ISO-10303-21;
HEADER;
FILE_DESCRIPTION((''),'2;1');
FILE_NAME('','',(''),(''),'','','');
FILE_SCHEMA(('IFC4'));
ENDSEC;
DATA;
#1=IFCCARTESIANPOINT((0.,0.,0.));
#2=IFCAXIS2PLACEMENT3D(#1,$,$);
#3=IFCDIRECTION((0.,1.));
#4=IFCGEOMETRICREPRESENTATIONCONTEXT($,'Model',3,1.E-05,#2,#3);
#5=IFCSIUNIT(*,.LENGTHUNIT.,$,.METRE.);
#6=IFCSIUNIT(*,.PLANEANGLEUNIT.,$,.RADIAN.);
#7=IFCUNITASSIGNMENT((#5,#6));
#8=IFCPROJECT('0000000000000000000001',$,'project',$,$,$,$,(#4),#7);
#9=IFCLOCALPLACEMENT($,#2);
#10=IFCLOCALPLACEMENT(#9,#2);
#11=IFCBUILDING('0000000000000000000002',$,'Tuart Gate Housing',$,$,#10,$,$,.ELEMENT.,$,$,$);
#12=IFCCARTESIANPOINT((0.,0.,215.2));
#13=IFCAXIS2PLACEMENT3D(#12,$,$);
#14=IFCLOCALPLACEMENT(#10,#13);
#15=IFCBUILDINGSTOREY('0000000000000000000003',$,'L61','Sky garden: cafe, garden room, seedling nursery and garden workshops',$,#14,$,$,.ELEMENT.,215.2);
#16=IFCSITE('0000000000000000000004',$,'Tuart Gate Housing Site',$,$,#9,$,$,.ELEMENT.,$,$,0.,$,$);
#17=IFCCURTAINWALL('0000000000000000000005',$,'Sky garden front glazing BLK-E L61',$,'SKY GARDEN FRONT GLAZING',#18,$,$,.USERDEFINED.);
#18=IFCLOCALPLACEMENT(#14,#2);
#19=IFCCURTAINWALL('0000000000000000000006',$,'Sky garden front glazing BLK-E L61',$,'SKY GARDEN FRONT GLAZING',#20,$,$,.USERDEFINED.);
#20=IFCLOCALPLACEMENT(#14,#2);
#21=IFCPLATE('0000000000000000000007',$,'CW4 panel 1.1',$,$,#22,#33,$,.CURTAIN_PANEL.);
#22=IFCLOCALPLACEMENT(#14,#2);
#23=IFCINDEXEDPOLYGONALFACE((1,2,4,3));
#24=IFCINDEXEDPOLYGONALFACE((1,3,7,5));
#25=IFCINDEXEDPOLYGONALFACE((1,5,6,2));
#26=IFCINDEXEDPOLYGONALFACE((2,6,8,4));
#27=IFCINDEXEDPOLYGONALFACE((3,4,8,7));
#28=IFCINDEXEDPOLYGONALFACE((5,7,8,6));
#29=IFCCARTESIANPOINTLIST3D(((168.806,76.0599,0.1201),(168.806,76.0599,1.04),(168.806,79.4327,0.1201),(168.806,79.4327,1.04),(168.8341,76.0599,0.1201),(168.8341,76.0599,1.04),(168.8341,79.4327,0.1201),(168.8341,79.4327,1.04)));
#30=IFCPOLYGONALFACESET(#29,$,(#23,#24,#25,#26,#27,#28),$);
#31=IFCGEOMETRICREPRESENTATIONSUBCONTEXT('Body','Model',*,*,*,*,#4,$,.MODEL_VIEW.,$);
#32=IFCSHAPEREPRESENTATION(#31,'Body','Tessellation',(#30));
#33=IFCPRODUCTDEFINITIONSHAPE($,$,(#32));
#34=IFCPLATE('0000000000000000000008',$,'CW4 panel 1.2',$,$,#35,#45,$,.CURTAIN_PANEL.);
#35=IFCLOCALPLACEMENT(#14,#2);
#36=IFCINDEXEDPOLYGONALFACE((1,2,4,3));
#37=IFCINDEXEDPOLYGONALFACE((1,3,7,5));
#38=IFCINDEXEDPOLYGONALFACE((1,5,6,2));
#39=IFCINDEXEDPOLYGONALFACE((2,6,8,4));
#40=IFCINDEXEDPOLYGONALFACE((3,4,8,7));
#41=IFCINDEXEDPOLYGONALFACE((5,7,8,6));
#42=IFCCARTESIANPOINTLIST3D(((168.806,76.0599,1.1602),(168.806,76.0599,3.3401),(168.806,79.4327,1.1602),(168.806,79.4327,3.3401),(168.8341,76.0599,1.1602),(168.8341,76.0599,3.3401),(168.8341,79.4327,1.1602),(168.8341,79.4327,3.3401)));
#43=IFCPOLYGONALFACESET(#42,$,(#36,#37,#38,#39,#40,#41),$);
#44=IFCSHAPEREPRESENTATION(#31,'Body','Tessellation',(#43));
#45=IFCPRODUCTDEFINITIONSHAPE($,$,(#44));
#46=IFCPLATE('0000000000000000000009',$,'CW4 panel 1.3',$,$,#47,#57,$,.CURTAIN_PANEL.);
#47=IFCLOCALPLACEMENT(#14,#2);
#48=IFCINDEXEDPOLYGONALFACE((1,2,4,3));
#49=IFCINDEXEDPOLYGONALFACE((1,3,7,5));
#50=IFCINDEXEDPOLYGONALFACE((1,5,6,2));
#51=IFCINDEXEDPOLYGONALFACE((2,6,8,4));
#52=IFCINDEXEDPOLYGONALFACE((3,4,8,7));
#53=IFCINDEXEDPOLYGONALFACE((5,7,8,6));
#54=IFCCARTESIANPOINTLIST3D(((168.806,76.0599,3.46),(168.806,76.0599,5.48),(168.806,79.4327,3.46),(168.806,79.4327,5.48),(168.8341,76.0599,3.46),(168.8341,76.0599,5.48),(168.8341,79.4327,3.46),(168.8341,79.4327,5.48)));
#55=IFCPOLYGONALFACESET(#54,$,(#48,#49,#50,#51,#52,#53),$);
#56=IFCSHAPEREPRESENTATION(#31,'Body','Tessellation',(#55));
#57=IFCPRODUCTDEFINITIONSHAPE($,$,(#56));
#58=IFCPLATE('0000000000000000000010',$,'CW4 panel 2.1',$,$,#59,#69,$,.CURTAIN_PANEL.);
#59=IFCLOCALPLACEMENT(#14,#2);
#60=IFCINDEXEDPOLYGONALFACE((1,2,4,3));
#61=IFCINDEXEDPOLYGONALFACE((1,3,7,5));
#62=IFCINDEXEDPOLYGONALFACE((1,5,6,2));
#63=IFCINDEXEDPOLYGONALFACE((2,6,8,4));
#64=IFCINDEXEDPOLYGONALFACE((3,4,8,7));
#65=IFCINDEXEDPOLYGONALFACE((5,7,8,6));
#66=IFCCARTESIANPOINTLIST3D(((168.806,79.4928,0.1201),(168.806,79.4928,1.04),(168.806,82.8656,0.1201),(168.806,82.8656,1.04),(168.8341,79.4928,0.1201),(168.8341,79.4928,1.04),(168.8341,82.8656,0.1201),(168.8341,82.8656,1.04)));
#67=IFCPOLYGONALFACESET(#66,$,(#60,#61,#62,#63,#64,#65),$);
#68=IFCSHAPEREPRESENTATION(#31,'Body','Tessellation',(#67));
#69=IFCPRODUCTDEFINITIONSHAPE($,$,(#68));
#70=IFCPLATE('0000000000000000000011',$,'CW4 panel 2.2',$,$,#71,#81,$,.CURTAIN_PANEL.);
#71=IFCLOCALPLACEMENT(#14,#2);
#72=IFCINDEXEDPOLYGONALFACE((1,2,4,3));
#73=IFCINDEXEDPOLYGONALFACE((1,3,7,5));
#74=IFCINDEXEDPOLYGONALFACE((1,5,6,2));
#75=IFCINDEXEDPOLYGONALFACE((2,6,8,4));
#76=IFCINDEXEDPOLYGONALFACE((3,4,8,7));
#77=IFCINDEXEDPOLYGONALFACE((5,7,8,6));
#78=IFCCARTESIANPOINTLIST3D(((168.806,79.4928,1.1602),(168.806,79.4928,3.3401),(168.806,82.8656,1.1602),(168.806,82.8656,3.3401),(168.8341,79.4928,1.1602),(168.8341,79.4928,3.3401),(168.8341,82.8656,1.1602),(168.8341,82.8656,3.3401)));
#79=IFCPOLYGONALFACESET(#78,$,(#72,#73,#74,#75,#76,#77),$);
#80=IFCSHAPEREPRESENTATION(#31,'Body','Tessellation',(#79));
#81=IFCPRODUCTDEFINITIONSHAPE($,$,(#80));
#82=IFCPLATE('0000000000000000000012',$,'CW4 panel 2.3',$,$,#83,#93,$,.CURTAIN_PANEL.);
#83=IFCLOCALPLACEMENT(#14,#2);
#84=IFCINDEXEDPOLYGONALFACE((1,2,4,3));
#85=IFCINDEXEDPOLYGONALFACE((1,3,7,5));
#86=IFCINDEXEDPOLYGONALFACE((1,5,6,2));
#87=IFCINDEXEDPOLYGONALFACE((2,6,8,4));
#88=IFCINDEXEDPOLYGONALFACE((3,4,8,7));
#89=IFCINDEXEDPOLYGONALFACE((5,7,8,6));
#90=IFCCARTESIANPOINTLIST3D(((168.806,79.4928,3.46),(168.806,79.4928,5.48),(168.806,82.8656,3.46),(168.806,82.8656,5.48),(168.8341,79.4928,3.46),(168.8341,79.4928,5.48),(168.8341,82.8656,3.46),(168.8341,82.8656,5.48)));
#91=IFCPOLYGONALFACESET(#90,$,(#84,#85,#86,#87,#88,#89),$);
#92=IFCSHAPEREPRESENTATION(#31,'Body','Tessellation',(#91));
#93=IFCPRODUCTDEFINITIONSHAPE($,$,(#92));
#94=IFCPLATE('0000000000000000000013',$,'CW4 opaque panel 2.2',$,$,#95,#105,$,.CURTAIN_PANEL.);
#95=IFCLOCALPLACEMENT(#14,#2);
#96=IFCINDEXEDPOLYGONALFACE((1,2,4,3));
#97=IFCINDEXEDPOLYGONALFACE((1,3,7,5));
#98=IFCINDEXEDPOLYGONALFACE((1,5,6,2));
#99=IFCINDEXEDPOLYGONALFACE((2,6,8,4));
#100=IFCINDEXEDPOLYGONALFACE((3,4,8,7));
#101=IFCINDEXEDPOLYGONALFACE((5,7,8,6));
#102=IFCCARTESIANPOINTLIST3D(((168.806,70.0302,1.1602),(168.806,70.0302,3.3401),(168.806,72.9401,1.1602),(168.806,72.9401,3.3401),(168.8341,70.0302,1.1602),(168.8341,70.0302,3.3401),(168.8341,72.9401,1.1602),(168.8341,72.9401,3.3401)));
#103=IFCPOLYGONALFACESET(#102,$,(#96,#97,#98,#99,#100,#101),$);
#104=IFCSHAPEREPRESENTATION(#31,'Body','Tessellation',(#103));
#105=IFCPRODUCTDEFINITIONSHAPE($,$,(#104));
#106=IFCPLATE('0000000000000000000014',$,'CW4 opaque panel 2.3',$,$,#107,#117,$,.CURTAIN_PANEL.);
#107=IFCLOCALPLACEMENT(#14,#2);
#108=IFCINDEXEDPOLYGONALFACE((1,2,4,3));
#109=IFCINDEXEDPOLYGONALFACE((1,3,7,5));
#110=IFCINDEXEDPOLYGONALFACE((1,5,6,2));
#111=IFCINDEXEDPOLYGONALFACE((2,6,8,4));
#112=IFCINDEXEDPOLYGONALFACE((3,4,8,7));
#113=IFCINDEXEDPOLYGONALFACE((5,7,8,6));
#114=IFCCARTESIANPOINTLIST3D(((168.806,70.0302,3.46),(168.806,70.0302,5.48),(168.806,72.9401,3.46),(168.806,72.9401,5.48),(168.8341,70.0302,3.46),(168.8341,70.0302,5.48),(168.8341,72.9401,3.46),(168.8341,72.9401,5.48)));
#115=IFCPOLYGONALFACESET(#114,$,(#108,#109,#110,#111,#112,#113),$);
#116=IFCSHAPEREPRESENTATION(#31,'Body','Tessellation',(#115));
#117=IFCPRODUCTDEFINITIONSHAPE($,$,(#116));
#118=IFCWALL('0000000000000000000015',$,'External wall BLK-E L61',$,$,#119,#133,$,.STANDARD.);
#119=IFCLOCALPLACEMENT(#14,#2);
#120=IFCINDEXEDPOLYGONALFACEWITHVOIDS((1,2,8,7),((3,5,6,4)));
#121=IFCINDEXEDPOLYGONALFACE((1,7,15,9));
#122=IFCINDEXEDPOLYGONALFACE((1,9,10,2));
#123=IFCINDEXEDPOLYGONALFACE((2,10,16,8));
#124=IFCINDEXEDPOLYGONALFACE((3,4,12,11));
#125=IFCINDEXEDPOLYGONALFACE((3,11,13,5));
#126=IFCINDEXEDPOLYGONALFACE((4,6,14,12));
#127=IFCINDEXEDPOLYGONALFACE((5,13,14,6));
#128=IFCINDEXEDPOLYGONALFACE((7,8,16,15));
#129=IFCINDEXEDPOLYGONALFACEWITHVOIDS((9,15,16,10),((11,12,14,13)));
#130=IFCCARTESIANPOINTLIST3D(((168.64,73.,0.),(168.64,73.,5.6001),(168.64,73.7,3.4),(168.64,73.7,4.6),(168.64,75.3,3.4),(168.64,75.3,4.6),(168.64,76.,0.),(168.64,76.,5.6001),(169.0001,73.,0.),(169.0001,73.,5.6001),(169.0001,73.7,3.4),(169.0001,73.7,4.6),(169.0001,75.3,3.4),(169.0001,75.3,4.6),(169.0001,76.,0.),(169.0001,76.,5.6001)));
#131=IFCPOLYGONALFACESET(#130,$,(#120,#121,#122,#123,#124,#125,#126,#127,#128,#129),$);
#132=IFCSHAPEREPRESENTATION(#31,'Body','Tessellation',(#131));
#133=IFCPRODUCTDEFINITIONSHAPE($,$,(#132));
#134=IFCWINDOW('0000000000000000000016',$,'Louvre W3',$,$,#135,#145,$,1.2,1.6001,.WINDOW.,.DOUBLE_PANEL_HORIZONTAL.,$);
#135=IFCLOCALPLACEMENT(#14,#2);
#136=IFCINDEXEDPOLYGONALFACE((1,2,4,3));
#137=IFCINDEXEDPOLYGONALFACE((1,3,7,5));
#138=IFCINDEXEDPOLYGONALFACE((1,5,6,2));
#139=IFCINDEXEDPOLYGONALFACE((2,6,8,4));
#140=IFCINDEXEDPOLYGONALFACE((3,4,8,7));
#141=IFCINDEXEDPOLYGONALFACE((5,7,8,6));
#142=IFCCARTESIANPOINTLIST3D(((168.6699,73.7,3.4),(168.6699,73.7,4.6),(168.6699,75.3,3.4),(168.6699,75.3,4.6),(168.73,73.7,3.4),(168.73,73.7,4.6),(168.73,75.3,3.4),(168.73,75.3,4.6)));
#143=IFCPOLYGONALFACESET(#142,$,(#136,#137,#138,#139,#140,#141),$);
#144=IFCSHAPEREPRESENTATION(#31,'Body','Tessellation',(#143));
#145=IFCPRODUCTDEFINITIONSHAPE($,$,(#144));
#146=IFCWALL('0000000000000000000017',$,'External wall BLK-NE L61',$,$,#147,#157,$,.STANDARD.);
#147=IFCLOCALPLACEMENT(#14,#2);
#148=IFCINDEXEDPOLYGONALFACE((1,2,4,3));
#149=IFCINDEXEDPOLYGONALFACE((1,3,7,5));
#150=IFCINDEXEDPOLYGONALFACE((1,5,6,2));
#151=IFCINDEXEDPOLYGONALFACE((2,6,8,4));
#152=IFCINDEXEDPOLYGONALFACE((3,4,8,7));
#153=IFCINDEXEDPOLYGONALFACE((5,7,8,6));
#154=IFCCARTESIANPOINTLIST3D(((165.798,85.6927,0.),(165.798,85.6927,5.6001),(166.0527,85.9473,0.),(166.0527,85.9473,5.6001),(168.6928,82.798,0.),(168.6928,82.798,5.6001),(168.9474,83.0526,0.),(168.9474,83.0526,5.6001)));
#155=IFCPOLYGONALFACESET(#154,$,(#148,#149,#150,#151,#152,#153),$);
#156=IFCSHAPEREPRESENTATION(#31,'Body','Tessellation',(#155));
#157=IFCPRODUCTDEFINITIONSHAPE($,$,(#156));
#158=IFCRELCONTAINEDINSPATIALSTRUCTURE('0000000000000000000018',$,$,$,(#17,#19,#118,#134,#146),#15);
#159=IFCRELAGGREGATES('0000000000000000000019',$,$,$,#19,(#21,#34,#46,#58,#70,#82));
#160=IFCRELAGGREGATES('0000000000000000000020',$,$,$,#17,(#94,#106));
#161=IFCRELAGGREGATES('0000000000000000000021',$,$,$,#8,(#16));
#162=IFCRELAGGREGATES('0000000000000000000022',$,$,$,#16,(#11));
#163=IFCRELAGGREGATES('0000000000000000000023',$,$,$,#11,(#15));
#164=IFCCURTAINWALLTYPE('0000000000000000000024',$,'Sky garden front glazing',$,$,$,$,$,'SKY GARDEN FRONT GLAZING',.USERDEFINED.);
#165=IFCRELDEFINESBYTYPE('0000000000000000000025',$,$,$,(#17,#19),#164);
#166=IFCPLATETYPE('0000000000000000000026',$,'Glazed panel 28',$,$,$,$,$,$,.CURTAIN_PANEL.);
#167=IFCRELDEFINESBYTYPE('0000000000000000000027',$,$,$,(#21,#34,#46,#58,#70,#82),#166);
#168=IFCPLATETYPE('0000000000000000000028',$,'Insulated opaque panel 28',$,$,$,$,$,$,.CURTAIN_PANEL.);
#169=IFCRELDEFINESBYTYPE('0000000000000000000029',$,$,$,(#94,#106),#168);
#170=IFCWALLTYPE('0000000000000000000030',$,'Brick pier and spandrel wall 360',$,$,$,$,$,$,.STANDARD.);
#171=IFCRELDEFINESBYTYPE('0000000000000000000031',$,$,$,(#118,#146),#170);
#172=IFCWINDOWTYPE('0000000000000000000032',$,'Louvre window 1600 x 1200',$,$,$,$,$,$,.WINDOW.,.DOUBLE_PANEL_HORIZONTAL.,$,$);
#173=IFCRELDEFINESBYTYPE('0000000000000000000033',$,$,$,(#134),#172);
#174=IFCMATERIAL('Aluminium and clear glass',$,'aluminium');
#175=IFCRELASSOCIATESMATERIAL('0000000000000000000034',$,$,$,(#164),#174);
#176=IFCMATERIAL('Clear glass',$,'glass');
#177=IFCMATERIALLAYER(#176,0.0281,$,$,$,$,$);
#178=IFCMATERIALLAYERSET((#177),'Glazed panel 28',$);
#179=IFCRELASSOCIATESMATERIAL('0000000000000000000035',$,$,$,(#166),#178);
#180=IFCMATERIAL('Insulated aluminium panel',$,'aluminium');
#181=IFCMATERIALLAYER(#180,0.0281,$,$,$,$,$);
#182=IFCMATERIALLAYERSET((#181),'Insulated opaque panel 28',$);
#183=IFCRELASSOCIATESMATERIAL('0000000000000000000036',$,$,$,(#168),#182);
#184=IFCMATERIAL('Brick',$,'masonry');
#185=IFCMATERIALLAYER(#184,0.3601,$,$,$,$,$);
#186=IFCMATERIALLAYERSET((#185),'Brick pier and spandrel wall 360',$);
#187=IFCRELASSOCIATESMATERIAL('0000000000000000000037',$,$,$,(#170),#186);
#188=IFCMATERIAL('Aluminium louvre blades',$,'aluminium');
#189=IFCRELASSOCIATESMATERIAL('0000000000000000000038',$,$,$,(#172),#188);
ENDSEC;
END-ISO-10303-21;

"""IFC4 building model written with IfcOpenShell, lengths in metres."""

from ifc_helpers import new_model, si_unit, direction, frame, frame_2d, origin, origin_2d, place, context, subcontext, project, spatial, rectangle, extrude, material, layer, layer_set, type_object, element, fill, aggregate, save


model = new_model("IFC4")

# Units and contexts
model_context = context("Model", 3, precision=1e-05, world=origin(), true_north=direction((0.0, 1.0)))
body_context = subcontext(model_context, "Body", "Model", "MODEL_VIEW")
ifc_project = project(units=[si_unit("LENGTHUNIT", "METRE"), si_unit("PLANEANGLEUNIT", "RADIAN")], contexts=[model_context])

# Site, building, storey
site_placement = place(None, origin())
site = spatial("IfcSite", under=ifc_project, at=site_placement, Name="Tuart Gate Housing Site", CompositionType="ELEMENT", RefElevation=0.0)
building_placement = place(site_placement, origin())
building = spatial("IfcBuilding", under=site, at=building_placement, Name="Tuart Gate Housing", CompositionType="ELEMENT")
storey_placement = place(building_placement, frame((0.0, 0.0, 215.2)))
storey = spatial("IfcBuildingStorey", under=building, at=storey_placement, Name="L61", Description="Sky garden: cafe, garden room, seedling nursery and garden workshops", CompositionType="ELEMENT", Elevation=215.2)

# Curtain wall
ifc_material_1 = material(Name="Aluminium and clear glass", Category="aluminium")
curtain_wall_type = type_object("IfcCurtainWallType", Name="Sky garden front glazing", ElementType="SKY GARDEN FRONT GLAZING", PredefinedType="USERDEFINED", material=ifc_material_1)
curtain_wall_1_placement = place(storey_placement, origin())
curtain_wall_1 = element("IfcCurtainWall", 1, at=curtain_wall_1_placement, inside=storey, type_object=curtain_wall_type, Name="Sky garden front glazing BLK-E L61", ObjectType="SKY GARDEN FRONT GLAZING", PredefinedType="USERDEFINED")

# Curtain wall
curtain_wall_2_placement = place(storey_placement, origin())
curtain_wall_2 = element("IfcCurtainWall", 2, at=curtain_wall_2_placement, inside=storey, type_object=curtain_wall_type, Name="Sky garden front glazing BLK-E L61", ObjectType="SKY GARDEN FRONT GLAZING", PredefinedType="USERDEFINED")

# Plates
ifc_material_2 = material(Name="Clear glass", Category="glass")
ifc_layer_1 = layer(ifc_material_2, 0.0281)
ifc_layer_set_1 = layer_set([ifc_layer_1], Name="Glazed panel 28")
plate_type_1 = type_object("IfcPlateType", Name="Glazed panel 28", PredefinedType="CURTAIN_PANEL", material=ifc_layer_set_1)
plate_1_placement = place(storey_placement, frame((168.8201, 77.7463, 0.1201), z_axis=(0.0, 0.0, 1.0), x_axis=(0.0, 1.0, 0.0)))
plate_1 = element("IfcPlate", 3, at=plate_1_placement, type_object=plate_type_1, Name="CW4 panel 1.1", PredefinedType="CURTAIN_PANEL", context=body_context, shape_type="SweptSolid", body=[
    extrude(rectangle(XDim=3.3728, YDim=0.0281, at=origin_2d()), origin(), (0.0, 0.0, 1.0), 0.9199),
])
plate_2_placement = place(storey_placement, frame((168.8201, 77.7463, 1.1602), z_axis=(0.0, 0.0, 1.0), x_axis=(0.0, 1.0, 0.0)))
plate_2 = element("IfcPlate", 4, at=plate_2_placement, type_object=plate_type_1, Name="CW4 panel 1.2", PredefinedType="CURTAIN_PANEL", context=body_context, shape_type="SweptSolid", body=[
    extrude(rectangle(XDim=3.3728, YDim=0.0281, at=origin_2d()), origin(), (0.0, 0.0, 1.0), 2.1799),
])
plate_3_placement = place(storey_placement, frame((168.8201, 77.7463, 3.46), z_axis=(0.0, 0.0, 1.0), x_axis=(0.0, 1.0, 0.0)))
plate_3 = element("IfcPlate", 5, at=plate_3_placement, type_object=plate_type_1, Name="CW4 panel 1.3", PredefinedType="CURTAIN_PANEL", context=body_context, shape_type="SweptSolid", body=[
    extrude(rectangle(XDim=3.3728, YDim=0.0281, at=origin_2d()), origin(), (0.0, 0.0, 1.0), 2.02),
])
plate_4_placement = place(storey_placement, frame((168.8201, 81.1792, 0.1201), z_axis=(0.0, 0.0, 1.0), x_axis=(0.0, 1.0, 0.0)))
plate_4 = element("IfcPlate", 6, at=plate_4_placement, type_object=plate_type_1, Name="CW4 panel 2.1", PredefinedType="CURTAIN_PANEL", context=body_context, shape_type="SweptSolid", body=[
    extrude(rectangle(XDim=3.3728, YDim=0.0281, at=origin_2d()), origin(), (0.0, 0.0, 1.0), 0.9199),
])
plate_5_placement = place(storey_placement, frame((168.8201, 81.1792, 1.1602), z_axis=(0.0, 0.0, 1.0), x_axis=(0.0, 1.0, 0.0)))
plate_5 = element("IfcPlate", 7, at=plate_5_placement, type_object=plate_type_1, Name="CW4 panel 2.2", PredefinedType="CURTAIN_PANEL", context=body_context, shape_type="SweptSolid", body=[
    extrude(rectangle(XDim=3.3728, YDim=0.0281, at=origin_2d()), origin(), (0.0, 0.0, 1.0), 2.1799),
])
plate_6_placement = place(storey_placement, frame((168.8201, 81.1792, 3.46), z_axis=(0.0, 0.0, 1.0), x_axis=(0.0, 1.0, 0.0)))
plate_6 = element("IfcPlate", 8, at=plate_6_placement, type_object=plate_type_1, Name="CW4 panel 2.3", PredefinedType="CURTAIN_PANEL", context=body_context, shape_type="SweptSolid", body=[
    extrude(rectangle(XDim=3.3728, YDim=0.0281, at=origin_2d()), origin(), (0.0, 0.0, 1.0), 2.02),
])
aggregate(curtain_wall_2, [plate_1, plate_2, plate_3, plate_4, plate_5, plate_6])
ifc_material_3 = material(Name="Insulated aluminium panel", Category="aluminium")
ifc_layer_2 = layer(ifc_material_3, 0.0281)
ifc_layer_set_2 = layer_set([ifc_layer_2], Name="Insulated opaque panel 28")
plate_type_2 = type_object("IfcPlateType", Name="Insulated opaque panel 28", PredefinedType="CURTAIN_PANEL", material=ifc_layer_set_2)
plate_7_placement = place(storey_placement, frame((168.8201, 71.4851, 1.1602), z_axis=(0.0, 0.0, 1.0), x_axis=(0.0, 1.0, 0.0)))
plate_7 = element("IfcPlate", 9, at=plate_7_placement, type_object=plate_type_2, Name="CW4 opaque panel 2.2", PredefinedType="CURTAIN_PANEL", context=body_context, shape_type="SweptSolid", body=[
    extrude(rectangle(XDim=2.9099, YDim=0.0281, at=origin_2d()), origin(), (0.0, 0.0, 1.0), 2.1799),
])
plate_8_placement = place(storey_placement, frame((168.8201, 71.4851, 3.46), z_axis=(0.0, 0.0, 1.0), x_axis=(0.0, 1.0, 0.0)))
plate_8 = element("IfcPlate", 10, at=plate_8_placement, type_object=plate_type_2, Name="CW4 opaque panel 2.3", PredefinedType="CURTAIN_PANEL", context=body_context, shape_type="SweptSolid", body=[
    extrude(rectangle(XDim=2.9099, YDim=0.0281, at=origin_2d()), origin(), (0.0, 0.0, 1.0), 2.02),
])
aggregate(curtain_wall_1, [plate_7, plate_8])

# Wall, opening, window
ifc_material_4 = material(Name="Brick", Category="masonry")
ifc_layer_3 = layer(ifc_material_4, 0.3601)
ifc_layer_set_3 = layer_set([ifc_layer_3], Name="Brick pier and spandrel wall 360")
wall_type = type_object("IfcWallType", Name="Brick pier and spandrel wall 360", PredefinedType="STANDARD", material=ifc_layer_set_3)
wall_1_placement = place(storey_placement, frame((168.8201, 73.0, 0.0), z_axis=(0.0, 0.0, 1.0), x_axis=(0.0, 1.0, 0.0)))
wall_1 = element("IfcWall", 11, at=wall_1_placement, inside=storey, type_object=wall_type, Name="External wall BLK-E L61", PredefinedType="STANDARD", context=body_context, shape_type="SweptSolid", body=[
    extrude(rectangle(XDim=3.0, YDim=0.3601, at=frame_2d((1.5, 0.0))), origin(), (0.0, 0.0, 1.0), 5.6001),
])
opening_placement = place(wall_1_placement, frame((0.7, 0.0, 3.3999)))
opening = element("IfcOpeningElement", 12, at=opening_placement, cuts=wall_1, PredefinedType="OPENING", context=body_context, shape_type="SweptSolid", body=[
    extrude(rectangle(XDim=1.6001, YDim=1.2, at=frame_2d((0.8, 0.6001))), frame((0.0, 0.1899, 0.0), z_axis=(0.0, -1.0, 0.0), x_axis=(1.0, 0.0, 0.0)), (0.0, 0.0, 1.0), 0.3801),
])
ifc_material_5 = material(Name="Aluminium louvre blades", Category="aluminium")
window_type = type_object("IfcWindowType", Name="Louvre window 1600 x 1200", PartitioningType="DOUBLE_PANEL_HORIZONTAL", PredefinedType="WINDOW", material=ifc_material_5)
window_placement = place(opening_placement, origin())
window = element("IfcWindow", 13, at=window_placement, inside=storey, type_object=window_type, Name="Louvre W3", OverallHeight=1.2, OverallWidth=1.6001, PartitioningType="DOUBLE_PANEL_HORIZONTAL", PredefinedType="WINDOW", context=body_context, shape_type="SweptSolid", body=[
    extrude(rectangle(XDim=1.6001, YDim=1.2, at=frame_2d((0.8, 0.6001))), frame((0.0, 0.1501, 0.0), z_axis=(0.0, -1.0, 0.0), x_axis=(1.0, 0.0, 0.0)), (0.0, 0.0, 1.0), 0.0601),
])
fill(opening, window)

# Wall
wall_2_placement = place(storey_placement, frame((168.8201, 82.9253, 0.0), z_axis=(0.0, 0.0, 1.0), x_axis=(-0.707107, 0.707107, 0.0)))
element("IfcWall", 14, at=wall_2_placement, inside=storey, type_object=wall_type, Name="External wall BLK-NE L61", PredefinedType="STANDARD", context=body_context, shape_type="SweptSolid", body=[
    extrude(rectangle(XDim=4.0938, YDim=0.3601, at=frame_2d((2.0469, 0.0))), origin(), (0.0, 0.0, 1.0), 5.6001),
])

save(model, "model.ifc")
